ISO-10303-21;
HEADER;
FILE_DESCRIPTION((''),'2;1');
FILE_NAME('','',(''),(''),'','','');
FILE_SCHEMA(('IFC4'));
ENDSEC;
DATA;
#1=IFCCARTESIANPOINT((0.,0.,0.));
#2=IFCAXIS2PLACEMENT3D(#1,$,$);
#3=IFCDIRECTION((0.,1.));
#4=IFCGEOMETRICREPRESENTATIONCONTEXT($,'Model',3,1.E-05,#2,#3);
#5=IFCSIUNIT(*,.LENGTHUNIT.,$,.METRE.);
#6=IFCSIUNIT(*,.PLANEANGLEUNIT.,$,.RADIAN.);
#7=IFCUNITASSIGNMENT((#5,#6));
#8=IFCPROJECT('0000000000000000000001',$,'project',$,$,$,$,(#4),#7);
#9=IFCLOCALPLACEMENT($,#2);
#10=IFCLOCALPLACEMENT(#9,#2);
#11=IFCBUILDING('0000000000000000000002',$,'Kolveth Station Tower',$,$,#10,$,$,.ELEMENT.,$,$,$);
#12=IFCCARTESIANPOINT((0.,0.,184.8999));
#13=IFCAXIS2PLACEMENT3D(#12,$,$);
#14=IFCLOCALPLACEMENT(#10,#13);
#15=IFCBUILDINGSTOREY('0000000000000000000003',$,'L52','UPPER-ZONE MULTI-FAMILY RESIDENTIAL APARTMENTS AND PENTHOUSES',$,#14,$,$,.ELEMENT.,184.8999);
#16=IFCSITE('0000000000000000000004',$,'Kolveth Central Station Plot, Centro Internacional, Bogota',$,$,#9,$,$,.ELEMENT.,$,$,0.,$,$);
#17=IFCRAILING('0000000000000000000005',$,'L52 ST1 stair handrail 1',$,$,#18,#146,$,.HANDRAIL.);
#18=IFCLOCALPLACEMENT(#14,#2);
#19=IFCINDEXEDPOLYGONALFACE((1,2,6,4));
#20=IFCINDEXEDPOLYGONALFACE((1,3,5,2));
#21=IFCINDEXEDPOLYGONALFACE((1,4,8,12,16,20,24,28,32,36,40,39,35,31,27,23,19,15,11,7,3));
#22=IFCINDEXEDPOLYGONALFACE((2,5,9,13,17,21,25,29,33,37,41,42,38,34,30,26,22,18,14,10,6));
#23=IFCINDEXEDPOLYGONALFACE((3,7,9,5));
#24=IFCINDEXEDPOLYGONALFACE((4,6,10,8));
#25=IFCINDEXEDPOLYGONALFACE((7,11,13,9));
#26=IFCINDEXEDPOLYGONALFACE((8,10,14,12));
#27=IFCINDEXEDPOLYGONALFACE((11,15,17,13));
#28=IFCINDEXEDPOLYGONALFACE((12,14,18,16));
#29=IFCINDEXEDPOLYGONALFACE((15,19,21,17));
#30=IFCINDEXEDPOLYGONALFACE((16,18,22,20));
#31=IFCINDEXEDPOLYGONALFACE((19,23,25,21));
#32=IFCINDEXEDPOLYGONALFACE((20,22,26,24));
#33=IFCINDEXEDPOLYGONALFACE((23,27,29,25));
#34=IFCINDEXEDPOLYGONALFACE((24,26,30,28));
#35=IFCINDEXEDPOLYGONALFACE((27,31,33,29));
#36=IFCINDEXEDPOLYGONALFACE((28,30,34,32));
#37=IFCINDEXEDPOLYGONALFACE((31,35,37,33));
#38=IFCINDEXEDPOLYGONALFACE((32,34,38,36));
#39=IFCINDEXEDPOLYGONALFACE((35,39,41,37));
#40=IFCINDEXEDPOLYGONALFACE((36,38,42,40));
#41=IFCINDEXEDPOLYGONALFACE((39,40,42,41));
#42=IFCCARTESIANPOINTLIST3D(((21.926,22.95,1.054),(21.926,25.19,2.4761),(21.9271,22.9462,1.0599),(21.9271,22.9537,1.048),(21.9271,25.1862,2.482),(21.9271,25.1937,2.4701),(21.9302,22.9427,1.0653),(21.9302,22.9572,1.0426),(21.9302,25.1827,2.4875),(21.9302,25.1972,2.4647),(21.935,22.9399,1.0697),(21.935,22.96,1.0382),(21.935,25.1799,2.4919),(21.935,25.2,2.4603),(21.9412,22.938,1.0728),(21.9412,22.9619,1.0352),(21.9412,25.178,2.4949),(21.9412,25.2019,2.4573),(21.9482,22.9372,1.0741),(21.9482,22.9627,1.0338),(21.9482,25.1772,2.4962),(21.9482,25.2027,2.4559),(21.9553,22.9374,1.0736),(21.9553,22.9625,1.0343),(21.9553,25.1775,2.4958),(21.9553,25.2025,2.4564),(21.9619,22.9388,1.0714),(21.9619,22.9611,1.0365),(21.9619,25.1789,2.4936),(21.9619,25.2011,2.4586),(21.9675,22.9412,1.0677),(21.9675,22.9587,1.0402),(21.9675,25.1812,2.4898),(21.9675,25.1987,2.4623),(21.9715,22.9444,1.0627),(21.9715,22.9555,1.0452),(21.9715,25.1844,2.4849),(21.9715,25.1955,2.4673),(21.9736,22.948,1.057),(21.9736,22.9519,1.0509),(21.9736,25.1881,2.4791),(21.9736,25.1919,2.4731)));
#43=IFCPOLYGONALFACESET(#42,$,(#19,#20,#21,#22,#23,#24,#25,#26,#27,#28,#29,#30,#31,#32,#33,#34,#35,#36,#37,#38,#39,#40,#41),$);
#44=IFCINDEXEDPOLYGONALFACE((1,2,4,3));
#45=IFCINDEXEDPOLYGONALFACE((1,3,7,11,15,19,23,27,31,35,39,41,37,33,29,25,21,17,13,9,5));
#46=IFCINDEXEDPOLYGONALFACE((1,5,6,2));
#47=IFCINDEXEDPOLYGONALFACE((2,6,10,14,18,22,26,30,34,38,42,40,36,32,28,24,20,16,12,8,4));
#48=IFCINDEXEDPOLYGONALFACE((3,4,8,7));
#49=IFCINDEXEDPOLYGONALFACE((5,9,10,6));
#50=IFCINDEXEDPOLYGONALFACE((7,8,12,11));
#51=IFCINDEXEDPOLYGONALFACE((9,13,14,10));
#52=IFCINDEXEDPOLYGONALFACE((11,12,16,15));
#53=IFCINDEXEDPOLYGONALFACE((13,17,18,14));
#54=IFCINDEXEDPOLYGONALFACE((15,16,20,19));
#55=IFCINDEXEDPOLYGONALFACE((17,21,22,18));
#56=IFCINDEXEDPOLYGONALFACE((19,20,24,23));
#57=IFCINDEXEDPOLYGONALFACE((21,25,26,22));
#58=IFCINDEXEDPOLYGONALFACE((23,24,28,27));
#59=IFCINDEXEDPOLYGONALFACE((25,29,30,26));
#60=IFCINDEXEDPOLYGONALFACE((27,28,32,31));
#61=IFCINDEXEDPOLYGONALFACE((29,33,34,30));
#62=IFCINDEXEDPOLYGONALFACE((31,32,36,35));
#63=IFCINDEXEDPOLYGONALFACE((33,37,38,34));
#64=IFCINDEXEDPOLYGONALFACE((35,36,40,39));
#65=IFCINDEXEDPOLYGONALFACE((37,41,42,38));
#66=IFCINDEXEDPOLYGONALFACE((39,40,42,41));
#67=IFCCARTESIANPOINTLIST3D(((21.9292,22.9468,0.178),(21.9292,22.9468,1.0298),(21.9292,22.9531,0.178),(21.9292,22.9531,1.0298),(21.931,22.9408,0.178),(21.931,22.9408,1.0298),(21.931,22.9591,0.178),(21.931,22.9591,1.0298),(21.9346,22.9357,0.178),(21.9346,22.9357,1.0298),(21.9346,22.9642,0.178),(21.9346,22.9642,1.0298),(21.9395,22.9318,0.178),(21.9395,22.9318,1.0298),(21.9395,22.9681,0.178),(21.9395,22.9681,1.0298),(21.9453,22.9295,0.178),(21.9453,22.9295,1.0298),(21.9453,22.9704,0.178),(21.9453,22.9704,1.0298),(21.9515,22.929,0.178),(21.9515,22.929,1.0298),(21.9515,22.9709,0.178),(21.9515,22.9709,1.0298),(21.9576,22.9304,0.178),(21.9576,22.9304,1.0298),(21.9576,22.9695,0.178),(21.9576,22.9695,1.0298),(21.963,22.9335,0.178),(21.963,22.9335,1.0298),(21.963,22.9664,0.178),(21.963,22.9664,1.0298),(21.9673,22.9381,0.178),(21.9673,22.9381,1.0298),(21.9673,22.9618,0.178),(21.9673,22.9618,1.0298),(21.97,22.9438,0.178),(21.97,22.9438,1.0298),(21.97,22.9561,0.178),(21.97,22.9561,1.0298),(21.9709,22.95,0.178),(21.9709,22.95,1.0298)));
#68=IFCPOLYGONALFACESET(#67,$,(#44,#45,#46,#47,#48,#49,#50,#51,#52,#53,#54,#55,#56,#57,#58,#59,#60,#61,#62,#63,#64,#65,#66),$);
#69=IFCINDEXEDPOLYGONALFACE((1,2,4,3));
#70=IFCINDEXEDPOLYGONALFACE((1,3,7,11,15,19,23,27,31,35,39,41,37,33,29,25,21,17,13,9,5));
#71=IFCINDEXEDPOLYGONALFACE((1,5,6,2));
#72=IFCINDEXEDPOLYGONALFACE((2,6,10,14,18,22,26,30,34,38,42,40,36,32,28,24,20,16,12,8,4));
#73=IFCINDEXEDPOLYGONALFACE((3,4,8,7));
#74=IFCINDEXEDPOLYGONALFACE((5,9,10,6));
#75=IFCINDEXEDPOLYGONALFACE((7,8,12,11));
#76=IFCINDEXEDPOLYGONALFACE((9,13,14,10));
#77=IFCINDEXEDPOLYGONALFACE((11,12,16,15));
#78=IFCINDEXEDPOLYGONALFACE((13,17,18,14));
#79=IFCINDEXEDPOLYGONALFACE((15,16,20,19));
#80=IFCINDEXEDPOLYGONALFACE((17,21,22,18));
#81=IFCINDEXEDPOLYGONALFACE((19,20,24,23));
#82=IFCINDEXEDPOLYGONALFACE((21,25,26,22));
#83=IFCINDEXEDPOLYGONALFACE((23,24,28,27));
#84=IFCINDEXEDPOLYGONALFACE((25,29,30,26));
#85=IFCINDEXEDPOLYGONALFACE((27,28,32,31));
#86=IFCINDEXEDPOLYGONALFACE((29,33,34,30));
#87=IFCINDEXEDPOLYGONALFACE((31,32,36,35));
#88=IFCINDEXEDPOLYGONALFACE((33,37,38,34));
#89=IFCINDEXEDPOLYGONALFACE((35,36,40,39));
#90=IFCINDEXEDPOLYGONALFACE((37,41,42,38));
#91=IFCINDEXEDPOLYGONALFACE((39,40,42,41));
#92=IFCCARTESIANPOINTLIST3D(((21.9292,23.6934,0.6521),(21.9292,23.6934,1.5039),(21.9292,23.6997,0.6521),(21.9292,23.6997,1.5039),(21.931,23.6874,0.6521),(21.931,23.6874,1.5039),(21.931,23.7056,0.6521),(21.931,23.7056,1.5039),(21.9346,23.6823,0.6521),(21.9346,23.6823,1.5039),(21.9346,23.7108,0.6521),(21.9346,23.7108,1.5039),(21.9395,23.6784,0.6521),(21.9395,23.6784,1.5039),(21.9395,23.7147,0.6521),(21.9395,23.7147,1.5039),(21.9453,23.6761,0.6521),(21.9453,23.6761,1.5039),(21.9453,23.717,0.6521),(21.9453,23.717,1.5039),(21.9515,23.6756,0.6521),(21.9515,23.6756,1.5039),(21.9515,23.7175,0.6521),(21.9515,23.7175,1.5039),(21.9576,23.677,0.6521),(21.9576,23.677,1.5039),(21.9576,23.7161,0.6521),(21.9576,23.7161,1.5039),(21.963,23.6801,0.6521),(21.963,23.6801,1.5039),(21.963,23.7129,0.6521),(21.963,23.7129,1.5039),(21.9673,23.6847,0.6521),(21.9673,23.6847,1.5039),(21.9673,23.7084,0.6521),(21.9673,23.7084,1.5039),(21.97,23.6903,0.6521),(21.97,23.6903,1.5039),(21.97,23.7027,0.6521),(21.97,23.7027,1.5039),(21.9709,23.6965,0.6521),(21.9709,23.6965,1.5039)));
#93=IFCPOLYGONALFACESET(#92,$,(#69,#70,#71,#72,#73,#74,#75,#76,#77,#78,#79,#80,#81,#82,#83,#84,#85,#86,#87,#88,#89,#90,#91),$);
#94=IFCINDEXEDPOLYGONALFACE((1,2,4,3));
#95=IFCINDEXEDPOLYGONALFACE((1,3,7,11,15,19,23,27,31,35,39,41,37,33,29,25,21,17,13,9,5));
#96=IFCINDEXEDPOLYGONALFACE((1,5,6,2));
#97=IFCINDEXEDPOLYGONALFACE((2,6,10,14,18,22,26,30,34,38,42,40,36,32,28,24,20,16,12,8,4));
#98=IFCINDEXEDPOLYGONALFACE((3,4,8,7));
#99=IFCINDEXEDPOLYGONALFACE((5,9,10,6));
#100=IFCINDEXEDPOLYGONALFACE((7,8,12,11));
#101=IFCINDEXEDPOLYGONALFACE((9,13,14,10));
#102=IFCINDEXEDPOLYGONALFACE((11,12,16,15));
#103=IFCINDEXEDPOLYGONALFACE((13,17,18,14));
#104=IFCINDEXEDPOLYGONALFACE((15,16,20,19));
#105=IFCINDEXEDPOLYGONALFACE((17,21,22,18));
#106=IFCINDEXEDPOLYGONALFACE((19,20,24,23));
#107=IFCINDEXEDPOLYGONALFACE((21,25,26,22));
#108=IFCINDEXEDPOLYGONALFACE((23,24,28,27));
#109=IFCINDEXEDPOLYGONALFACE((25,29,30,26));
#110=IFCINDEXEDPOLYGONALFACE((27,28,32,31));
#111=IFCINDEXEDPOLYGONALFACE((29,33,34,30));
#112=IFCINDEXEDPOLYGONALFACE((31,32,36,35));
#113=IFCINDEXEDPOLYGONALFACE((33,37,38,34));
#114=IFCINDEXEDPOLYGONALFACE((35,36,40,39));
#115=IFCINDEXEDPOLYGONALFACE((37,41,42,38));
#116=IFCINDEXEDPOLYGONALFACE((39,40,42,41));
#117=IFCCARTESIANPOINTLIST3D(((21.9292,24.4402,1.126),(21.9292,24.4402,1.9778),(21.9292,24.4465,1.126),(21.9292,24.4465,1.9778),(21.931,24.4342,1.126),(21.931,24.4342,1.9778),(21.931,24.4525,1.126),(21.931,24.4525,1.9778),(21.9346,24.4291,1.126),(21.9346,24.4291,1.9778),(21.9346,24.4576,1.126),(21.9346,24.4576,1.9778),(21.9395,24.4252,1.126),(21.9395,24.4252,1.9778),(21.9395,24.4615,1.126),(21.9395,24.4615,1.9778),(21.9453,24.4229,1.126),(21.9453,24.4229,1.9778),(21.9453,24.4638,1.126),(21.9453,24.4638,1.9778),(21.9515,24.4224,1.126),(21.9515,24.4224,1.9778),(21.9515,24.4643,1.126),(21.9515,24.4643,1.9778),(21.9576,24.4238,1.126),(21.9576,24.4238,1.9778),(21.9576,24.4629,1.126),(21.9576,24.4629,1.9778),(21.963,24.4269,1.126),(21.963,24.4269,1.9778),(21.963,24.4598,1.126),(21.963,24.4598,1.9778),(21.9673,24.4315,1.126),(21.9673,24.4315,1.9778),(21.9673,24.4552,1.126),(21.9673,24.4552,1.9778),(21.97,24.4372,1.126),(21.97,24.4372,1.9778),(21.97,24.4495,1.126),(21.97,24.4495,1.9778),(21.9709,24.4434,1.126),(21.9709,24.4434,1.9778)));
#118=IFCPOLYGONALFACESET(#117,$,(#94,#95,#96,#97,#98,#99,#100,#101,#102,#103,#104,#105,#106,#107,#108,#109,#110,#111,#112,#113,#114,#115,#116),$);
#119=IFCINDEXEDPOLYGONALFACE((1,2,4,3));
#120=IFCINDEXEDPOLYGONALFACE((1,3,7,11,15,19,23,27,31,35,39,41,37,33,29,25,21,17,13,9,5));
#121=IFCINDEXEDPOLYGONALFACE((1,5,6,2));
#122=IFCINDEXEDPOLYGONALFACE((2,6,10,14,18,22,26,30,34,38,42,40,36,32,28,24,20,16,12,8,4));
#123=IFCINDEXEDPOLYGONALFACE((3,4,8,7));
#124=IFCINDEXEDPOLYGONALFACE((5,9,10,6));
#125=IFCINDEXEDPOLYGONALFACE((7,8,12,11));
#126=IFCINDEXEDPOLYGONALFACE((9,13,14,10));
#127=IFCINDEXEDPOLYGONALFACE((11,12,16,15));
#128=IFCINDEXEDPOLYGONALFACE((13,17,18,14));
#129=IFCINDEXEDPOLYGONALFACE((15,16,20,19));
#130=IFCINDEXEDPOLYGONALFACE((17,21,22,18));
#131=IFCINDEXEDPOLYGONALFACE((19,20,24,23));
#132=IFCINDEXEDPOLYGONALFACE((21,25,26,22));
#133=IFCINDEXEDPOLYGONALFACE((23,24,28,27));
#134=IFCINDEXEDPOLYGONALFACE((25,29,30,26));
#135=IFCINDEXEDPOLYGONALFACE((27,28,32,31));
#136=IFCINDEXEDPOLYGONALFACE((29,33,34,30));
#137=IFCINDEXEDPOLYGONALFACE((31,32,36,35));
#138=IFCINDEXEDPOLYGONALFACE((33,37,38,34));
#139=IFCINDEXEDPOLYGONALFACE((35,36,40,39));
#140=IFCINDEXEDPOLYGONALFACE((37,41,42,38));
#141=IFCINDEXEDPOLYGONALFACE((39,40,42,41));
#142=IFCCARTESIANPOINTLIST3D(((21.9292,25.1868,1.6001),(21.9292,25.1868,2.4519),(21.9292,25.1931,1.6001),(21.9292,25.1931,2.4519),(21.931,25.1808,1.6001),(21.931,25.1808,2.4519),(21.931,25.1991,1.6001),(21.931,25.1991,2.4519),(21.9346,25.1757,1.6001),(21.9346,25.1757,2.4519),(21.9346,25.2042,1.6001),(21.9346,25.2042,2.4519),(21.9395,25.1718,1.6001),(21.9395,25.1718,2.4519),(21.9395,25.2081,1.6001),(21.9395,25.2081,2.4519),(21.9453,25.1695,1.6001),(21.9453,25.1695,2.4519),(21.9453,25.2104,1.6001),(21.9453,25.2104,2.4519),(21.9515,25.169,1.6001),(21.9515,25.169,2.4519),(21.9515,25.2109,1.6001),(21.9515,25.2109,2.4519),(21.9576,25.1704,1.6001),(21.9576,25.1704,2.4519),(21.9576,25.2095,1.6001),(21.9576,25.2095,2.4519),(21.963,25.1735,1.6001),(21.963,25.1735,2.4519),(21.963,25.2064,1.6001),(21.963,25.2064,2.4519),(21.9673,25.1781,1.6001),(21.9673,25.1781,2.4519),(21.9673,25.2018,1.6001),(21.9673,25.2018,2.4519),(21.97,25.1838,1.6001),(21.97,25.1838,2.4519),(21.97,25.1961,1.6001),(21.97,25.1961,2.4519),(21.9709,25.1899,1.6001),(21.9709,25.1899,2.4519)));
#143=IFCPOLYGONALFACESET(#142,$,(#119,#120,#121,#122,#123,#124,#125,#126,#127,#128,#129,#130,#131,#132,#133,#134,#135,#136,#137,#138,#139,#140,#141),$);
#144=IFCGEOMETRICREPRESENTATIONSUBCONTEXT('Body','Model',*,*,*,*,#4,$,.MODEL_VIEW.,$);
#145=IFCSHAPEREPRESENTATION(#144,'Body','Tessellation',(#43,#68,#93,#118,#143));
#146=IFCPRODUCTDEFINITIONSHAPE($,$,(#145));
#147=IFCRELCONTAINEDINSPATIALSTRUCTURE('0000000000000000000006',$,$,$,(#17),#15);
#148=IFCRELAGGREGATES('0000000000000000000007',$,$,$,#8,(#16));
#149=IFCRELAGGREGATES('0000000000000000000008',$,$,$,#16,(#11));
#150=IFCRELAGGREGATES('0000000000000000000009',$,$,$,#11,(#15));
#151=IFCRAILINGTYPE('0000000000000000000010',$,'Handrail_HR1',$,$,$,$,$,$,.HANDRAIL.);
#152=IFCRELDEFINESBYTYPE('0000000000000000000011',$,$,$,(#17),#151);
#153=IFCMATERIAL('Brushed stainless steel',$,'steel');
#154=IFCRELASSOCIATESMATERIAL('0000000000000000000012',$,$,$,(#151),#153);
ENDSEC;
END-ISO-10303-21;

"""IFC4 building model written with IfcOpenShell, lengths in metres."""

from ifc_helpers import new_model, si_unit, direction, frame, origin, origin_2d, place, context, subcontext, project, spatial, circle, extrude, material, type_object, element, save


model = new_model("IFC4")

# Units and contexts
model_context = context("Model", 3, precision=1e-05, world=origin(), true_north=direction((0.0, 1.0)))
body_context = subcontext(model_context, "Body", "Model", "MODEL_VIEW")
ifc_project = project(units=[si_unit("LENGTHUNIT", "METRE"), si_unit("PLANEANGLEUNIT", "RADIAN")], contexts=[model_context])

# Site, building, storey
site_placement = place(None, origin())
site = spatial("IfcSite", under=ifc_project, at=site_placement, Name="Kolveth Central Station Plot, Centro Internacional, Bogota", CompositionType="ELEMENT", RefElevation=0.0)
building_placement = place(site_placement, origin())
building = spatial("IfcBuilding", under=site, at=building_placement, Name="Kolveth Station Tower", CompositionType="ELEMENT")
storey_placement = place(building_placement, frame((0.0, 0.0, 184.8999)))
storey = spatial("IfcBuildingStorey", under=building, at=storey_placement, Name="L52", Description="UPPER-ZONE MULTI-FAMILY RESIDENTIAL APARTMENTS AND PENTHOUSES", CompositionType="ELEMENT", Elevation=184.8999)

# Railing
ifc_material_1 = material(Name="Brushed stainless steel", Category="steel")
railing_type_1 = type_object("IfcRailingType", Name="Handrail_HR1", PredefinedType="HANDRAIL", material=ifc_material_1)
railing_1_placement = place(storey_placement, frame((21.95, 22.95, 0.178)))
element("IfcRailing", 1, at=railing_1_placement, inside=storey, type_object=railing_type_1, Name="L52 ST1 stair handrail 1", PredefinedType="HANDRAIL", context=body_context, shape_type="SweptSolid", body=[
    extrude(circle(Radius=0.0239, at=origin_2d()), frame((0.0, 0.0, 0.876), z_axis=(0.0, 0.844229, 0.535982), x_axis=(-1.0, 0.0, 0.0)), (0.0, 0.0, 1.0), 2.6533),
    extrude(circle(Radius=0.021, at=origin_2d()), origin(), (0.0, 0.0, 1.0), 0.8518),
    extrude(circle(Radius=0.021, at=origin_2d()), frame((0.0, 0.7466, 0.4741)), (0.0, 0.0, 1.0), 0.8518),
    extrude(circle(Radius=0.021, at=origin_2d()), frame((0.0, 1.4934, 0.948)), (0.0, 0.0, 1.0), 0.8518),
    extrude(circle(Radius=0.021, at=origin_2d()), frame((0.0, 2.24, 1.4221)), (0.0, 0.0, 1.0), 0.8518),
])

save(model, "model.ifc")
